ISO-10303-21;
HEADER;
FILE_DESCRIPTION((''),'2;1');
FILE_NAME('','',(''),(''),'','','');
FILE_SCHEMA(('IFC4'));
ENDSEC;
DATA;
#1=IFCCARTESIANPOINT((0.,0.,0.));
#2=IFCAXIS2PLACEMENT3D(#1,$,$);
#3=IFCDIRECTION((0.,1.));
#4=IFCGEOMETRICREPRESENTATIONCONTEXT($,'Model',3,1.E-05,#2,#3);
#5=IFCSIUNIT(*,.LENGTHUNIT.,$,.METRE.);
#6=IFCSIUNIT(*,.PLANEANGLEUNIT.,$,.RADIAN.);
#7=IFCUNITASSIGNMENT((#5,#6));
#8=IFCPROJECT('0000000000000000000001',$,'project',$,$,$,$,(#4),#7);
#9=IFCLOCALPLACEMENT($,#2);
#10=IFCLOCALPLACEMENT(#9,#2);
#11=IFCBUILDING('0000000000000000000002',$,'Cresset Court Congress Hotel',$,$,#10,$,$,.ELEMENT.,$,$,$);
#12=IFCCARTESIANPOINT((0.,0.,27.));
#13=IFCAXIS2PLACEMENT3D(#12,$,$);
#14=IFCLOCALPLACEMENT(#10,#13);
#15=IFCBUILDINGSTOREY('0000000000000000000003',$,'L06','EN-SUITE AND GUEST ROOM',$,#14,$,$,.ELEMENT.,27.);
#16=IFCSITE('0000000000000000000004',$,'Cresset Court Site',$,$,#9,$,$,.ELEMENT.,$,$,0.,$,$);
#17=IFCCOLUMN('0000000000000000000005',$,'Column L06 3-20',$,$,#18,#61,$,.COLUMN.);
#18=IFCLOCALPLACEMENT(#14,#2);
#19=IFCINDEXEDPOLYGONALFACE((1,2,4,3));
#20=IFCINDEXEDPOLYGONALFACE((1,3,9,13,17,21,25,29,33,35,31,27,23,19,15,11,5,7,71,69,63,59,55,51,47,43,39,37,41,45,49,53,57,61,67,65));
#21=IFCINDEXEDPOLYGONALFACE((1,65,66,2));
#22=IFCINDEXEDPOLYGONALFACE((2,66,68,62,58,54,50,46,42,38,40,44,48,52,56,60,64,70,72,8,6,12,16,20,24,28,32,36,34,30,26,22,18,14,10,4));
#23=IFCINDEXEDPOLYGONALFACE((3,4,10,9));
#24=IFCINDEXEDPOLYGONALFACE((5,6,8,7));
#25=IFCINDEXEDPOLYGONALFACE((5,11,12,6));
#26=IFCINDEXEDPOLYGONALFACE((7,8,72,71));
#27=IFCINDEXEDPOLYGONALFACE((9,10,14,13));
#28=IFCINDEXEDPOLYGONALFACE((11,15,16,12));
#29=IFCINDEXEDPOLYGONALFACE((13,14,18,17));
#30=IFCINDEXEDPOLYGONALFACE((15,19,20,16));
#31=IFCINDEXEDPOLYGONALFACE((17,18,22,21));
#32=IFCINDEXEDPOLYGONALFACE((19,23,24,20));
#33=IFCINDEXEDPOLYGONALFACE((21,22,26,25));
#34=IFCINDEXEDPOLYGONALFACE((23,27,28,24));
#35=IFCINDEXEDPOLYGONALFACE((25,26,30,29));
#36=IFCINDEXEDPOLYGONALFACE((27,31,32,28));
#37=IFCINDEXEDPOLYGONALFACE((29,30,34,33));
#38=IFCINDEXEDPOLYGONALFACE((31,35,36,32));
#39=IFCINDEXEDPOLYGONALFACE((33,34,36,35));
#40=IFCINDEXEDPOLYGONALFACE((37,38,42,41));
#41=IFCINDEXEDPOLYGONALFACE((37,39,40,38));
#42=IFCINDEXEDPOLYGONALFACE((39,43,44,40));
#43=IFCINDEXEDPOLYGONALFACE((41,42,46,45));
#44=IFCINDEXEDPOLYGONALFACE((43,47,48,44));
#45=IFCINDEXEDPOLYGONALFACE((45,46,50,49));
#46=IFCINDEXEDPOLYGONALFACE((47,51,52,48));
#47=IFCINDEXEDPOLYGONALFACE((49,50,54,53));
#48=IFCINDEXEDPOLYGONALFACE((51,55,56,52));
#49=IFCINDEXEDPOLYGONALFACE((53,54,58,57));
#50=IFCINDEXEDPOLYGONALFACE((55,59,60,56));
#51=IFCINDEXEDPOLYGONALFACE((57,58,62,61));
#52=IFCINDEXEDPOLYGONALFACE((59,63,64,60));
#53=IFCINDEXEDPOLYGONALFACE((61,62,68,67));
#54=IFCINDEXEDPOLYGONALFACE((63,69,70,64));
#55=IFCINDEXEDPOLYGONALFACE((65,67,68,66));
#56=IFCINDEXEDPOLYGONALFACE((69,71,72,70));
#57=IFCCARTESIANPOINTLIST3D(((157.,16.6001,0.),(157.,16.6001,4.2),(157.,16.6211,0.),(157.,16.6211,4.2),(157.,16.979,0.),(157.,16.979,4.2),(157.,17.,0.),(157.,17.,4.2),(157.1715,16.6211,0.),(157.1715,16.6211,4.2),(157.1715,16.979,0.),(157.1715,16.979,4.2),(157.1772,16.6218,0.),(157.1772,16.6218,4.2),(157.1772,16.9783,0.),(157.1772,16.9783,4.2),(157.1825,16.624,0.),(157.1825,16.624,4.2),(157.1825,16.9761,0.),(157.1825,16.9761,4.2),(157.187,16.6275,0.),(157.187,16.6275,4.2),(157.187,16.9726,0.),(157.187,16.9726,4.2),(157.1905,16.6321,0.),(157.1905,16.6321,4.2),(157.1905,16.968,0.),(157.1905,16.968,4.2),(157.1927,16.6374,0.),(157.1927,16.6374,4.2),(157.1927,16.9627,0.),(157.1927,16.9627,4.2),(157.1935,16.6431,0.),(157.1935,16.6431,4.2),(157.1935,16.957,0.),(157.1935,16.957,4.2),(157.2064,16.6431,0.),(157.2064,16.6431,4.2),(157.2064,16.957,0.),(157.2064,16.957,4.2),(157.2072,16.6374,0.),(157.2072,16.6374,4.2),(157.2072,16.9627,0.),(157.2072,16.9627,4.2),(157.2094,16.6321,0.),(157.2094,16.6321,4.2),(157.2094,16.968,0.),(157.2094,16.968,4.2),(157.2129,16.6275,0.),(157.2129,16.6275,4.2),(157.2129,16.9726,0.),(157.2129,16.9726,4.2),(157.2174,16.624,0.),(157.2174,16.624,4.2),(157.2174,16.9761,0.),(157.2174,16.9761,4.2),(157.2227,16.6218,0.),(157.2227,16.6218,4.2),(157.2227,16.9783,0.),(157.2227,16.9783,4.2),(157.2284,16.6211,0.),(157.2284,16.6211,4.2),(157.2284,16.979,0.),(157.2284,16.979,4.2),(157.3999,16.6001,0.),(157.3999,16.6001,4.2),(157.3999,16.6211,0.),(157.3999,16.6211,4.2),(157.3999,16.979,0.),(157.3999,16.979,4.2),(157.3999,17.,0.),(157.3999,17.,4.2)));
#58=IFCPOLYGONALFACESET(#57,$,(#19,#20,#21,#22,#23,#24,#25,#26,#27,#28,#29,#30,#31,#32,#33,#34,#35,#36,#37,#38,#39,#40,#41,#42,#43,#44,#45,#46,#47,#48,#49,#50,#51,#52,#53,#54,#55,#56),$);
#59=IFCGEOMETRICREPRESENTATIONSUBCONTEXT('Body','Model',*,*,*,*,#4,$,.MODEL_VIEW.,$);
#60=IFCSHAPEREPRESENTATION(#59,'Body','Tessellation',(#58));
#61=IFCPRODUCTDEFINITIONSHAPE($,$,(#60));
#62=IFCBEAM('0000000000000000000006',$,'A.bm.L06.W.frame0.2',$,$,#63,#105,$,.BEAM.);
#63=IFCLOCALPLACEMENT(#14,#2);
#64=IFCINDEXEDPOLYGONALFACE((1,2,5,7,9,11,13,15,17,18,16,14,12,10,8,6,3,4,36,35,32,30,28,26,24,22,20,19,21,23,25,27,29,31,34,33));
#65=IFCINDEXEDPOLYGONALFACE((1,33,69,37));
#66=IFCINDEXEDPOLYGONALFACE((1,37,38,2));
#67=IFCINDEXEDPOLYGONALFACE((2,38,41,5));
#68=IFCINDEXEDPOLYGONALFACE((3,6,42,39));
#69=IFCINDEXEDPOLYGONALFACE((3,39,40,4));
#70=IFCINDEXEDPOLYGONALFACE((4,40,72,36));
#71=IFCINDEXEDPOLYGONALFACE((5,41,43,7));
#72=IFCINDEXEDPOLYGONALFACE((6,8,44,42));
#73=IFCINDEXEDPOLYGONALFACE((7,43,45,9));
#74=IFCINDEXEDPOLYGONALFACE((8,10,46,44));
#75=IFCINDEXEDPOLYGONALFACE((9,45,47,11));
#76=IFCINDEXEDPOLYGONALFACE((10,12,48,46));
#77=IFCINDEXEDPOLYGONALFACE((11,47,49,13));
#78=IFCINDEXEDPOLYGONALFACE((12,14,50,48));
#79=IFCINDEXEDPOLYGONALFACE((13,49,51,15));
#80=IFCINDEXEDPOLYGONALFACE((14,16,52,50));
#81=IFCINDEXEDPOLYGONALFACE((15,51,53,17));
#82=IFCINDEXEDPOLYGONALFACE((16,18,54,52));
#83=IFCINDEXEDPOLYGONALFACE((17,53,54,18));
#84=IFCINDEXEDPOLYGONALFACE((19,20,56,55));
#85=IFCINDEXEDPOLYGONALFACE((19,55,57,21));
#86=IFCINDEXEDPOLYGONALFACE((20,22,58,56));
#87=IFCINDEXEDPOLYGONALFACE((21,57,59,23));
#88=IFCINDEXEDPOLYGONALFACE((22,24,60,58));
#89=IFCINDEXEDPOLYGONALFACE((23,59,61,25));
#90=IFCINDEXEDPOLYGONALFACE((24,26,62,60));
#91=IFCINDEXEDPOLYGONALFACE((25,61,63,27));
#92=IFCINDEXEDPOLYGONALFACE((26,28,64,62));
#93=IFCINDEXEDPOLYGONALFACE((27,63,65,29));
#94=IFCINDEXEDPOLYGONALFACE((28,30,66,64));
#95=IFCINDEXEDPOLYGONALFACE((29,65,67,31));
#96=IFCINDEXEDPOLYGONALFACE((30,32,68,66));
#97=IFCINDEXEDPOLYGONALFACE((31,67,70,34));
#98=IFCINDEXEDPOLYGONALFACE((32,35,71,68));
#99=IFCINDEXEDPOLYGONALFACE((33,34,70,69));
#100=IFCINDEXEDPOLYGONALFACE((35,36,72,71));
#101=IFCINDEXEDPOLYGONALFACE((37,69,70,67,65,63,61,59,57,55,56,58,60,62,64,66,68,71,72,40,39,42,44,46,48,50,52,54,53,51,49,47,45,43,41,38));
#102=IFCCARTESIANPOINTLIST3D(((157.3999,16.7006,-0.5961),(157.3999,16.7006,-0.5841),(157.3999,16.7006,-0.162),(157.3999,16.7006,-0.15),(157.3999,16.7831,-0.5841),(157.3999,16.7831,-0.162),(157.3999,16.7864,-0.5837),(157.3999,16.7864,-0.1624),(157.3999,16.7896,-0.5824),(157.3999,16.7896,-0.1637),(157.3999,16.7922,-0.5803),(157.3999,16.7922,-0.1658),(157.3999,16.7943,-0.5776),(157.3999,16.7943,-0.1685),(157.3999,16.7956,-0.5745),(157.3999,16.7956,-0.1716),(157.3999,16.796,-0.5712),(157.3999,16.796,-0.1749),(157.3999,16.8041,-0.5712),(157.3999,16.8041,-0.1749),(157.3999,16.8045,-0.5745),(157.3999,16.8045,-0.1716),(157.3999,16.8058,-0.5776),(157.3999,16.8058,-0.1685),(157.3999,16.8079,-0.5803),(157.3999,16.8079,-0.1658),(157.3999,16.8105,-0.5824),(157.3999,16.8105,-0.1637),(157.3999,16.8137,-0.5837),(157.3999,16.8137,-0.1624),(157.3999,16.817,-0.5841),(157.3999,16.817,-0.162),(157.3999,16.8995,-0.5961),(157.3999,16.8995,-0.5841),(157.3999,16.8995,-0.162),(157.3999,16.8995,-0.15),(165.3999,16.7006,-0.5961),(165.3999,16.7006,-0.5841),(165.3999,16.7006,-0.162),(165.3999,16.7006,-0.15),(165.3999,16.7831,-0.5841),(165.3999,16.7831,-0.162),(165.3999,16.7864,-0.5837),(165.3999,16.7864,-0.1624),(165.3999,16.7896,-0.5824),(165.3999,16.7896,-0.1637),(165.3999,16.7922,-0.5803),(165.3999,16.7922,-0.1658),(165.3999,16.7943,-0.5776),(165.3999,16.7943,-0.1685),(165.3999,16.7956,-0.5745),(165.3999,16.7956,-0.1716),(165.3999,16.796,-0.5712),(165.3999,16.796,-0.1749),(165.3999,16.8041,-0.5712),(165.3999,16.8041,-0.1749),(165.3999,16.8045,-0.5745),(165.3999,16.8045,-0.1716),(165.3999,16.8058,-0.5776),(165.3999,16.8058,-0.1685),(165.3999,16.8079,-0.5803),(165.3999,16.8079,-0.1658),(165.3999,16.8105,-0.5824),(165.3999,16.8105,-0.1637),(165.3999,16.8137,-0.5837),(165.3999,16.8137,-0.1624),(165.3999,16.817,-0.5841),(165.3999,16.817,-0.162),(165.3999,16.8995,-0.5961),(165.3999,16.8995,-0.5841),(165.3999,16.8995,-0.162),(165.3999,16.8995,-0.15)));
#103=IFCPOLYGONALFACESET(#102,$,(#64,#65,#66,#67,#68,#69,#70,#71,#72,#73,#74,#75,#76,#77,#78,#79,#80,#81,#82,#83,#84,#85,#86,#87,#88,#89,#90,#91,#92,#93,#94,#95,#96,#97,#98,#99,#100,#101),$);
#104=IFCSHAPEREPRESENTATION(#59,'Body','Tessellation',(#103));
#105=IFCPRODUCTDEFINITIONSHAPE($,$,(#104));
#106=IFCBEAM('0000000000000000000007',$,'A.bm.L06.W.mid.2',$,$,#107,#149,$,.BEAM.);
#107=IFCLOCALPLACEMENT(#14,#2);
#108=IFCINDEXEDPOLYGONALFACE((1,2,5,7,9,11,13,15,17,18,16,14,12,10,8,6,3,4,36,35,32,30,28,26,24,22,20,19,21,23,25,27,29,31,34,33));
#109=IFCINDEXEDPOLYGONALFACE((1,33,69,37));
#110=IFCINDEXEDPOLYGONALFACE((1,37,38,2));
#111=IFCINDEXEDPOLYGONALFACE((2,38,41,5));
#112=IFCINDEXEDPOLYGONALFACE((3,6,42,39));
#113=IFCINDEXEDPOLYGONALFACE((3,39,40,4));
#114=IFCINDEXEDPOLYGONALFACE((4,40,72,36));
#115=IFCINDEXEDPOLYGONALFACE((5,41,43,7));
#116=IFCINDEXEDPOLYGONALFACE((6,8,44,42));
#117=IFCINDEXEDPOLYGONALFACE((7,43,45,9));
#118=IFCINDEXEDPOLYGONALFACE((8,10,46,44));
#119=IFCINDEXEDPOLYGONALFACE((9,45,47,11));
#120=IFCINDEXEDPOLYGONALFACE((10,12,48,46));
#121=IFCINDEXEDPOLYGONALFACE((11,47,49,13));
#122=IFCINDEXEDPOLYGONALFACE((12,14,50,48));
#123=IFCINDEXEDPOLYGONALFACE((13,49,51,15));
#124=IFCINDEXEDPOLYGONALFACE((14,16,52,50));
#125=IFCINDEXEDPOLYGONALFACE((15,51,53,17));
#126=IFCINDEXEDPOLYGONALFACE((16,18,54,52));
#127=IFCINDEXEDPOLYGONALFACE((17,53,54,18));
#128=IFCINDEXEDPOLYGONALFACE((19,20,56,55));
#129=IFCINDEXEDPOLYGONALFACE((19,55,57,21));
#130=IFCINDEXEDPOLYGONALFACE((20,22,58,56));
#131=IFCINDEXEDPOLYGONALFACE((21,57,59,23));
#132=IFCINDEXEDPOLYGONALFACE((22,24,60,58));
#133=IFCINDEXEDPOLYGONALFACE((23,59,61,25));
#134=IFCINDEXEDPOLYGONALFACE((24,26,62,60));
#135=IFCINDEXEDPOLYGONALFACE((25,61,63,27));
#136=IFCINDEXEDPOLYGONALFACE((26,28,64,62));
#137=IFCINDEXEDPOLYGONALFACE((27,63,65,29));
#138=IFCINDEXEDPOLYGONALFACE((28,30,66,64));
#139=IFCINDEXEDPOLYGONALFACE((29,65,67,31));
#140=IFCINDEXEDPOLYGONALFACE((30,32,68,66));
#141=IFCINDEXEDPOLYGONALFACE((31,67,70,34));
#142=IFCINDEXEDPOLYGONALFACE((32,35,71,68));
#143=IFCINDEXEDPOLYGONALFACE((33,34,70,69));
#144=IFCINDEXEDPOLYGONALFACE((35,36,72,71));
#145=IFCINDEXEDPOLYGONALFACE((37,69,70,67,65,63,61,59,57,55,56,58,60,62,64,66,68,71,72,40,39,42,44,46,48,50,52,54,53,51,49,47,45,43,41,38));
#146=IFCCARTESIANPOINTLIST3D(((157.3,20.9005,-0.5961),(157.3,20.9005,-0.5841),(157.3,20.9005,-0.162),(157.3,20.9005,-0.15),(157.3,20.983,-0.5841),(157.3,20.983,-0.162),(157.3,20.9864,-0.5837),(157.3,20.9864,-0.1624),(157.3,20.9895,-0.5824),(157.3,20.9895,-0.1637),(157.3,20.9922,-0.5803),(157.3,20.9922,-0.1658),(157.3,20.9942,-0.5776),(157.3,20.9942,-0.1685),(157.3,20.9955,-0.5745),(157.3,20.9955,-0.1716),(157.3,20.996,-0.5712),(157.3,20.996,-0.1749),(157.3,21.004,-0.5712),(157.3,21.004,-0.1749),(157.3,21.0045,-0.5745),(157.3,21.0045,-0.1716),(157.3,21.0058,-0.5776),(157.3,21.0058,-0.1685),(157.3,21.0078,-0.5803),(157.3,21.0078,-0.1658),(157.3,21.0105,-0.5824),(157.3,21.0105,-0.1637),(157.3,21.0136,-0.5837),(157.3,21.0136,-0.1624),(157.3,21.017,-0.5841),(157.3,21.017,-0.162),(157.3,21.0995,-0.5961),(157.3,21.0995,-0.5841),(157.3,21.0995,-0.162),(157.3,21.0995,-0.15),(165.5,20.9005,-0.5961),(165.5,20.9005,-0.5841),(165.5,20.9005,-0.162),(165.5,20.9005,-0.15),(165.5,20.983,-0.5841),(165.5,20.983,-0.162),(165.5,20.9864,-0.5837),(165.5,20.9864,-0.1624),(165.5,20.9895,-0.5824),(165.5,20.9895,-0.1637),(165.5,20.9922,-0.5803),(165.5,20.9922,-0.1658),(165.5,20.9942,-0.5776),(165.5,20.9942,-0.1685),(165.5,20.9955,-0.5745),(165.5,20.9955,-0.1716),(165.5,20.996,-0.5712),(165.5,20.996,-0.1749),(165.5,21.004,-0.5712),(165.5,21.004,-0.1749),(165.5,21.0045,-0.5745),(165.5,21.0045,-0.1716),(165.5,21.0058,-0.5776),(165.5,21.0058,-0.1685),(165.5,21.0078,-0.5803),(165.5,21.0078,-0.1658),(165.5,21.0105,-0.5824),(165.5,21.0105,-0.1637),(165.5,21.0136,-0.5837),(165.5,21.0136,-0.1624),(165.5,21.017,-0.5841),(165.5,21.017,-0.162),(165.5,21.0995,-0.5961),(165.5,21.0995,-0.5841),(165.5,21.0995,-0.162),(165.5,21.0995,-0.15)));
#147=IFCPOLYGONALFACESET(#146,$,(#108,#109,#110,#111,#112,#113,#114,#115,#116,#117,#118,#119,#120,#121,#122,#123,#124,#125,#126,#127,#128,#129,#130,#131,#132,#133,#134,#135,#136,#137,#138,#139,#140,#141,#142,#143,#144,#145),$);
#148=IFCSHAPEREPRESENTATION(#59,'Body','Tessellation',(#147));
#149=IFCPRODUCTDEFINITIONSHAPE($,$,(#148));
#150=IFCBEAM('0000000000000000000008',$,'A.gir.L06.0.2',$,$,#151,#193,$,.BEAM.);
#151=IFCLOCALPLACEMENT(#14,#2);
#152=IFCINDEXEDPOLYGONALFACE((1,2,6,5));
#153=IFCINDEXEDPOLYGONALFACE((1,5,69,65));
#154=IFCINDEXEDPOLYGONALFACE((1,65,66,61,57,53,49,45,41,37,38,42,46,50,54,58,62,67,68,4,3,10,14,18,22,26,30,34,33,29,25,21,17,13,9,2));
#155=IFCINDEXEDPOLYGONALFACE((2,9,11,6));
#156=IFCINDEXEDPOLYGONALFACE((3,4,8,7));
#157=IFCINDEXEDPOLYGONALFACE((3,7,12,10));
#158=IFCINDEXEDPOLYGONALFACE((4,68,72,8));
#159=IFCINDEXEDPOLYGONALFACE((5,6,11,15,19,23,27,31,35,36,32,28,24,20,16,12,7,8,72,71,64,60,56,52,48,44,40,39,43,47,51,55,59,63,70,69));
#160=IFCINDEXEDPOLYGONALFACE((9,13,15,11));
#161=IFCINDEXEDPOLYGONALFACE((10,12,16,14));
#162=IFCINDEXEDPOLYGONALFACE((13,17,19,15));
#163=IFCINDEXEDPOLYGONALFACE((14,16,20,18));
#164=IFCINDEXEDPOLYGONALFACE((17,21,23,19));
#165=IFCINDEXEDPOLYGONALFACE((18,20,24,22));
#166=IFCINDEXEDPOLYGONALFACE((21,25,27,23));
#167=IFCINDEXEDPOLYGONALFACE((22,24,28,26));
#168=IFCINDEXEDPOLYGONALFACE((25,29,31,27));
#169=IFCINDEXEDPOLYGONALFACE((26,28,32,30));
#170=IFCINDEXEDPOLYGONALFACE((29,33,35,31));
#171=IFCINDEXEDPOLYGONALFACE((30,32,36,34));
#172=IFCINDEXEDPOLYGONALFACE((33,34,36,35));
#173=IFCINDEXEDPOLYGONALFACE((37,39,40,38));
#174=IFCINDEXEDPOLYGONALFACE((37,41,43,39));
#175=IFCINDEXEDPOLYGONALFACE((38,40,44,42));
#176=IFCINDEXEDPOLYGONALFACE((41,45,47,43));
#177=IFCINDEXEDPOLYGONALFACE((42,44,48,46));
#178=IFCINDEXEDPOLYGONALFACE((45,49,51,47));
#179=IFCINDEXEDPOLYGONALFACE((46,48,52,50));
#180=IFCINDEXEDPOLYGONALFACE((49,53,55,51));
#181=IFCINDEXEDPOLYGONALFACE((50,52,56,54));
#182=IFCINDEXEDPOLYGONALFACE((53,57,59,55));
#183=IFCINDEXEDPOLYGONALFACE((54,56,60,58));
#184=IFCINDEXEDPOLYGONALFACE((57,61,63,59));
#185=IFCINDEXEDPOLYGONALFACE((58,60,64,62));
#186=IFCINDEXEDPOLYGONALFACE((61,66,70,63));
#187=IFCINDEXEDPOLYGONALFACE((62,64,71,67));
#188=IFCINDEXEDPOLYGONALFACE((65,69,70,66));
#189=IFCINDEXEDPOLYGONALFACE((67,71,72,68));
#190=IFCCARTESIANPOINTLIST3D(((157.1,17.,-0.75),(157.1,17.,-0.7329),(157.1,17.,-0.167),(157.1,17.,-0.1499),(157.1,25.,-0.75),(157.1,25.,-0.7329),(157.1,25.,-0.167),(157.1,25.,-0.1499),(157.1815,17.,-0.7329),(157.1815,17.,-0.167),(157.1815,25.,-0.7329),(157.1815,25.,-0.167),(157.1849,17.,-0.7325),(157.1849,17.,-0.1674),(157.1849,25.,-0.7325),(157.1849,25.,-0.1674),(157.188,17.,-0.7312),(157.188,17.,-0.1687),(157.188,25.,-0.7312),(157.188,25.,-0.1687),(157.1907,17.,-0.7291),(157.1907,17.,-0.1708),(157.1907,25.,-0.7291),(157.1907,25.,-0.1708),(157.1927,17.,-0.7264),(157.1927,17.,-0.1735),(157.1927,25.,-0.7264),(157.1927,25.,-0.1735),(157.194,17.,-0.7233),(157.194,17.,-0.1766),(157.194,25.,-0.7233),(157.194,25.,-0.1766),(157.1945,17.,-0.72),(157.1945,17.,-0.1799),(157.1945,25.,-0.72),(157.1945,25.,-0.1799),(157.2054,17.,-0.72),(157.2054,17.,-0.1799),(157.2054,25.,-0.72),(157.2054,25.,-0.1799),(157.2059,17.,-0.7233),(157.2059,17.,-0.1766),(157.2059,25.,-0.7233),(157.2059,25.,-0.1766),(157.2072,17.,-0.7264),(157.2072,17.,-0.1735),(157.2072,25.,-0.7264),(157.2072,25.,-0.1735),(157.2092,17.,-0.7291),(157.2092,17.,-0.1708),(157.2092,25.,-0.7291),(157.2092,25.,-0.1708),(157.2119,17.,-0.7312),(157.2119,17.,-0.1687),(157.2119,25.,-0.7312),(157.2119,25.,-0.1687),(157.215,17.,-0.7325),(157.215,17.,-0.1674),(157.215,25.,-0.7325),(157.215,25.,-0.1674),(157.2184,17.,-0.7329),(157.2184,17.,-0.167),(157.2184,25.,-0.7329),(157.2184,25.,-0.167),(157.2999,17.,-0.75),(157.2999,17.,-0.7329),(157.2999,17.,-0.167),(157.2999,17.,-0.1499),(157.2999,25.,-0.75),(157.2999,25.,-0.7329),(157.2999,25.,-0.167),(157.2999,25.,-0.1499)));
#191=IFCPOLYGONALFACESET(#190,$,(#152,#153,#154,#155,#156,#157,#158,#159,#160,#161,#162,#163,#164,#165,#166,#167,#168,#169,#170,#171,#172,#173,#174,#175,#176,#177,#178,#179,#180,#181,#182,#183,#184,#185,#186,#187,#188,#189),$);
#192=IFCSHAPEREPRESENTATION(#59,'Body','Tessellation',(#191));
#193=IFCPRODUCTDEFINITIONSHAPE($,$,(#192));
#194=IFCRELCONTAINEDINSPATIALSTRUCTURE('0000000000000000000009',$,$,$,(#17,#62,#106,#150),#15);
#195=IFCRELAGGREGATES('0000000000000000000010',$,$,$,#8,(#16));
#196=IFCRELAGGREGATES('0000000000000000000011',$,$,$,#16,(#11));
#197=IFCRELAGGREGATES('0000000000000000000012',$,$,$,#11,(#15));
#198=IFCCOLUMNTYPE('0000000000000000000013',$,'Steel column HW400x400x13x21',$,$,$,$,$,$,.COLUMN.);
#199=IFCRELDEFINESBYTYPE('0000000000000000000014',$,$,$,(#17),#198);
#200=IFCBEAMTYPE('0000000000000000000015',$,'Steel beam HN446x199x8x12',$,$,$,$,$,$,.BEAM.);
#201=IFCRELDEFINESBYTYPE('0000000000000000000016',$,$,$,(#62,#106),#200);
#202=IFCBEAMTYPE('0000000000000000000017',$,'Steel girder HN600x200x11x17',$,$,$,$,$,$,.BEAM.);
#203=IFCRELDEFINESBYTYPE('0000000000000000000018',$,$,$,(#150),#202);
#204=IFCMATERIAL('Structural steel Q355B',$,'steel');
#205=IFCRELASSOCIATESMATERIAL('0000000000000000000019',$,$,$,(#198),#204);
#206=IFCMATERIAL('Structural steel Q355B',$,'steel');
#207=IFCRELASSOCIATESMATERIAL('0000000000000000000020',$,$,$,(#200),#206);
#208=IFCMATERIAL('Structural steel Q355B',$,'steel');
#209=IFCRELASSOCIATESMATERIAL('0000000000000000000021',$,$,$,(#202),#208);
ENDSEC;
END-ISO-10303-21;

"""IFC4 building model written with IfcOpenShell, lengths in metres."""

from ifc_helpers import new_model, si_unit, direction, frame, origin, origin_2d, place, context, subcontext, project, spatial, i_section, extrude, material, material_profile, profile_set, type_object, element, save


model = new_model("IFC4")

# Units and contexts
model_context = context("Model", 3, precision=1e-05, world=origin(), true_north=direction((0.0, 1.0)))
body_context = subcontext(model_context, "Body", "Model", "MODEL_VIEW")
ifc_project = project(units=[si_unit("LENGTHUNIT", "METRE"), si_unit("PLANEANGLEUNIT", "RADIAN")], contexts=[model_context])

# Site, building, storey
site_placement = place(None, origin())
site = spatial("IfcSite", under=ifc_project, at=site_placement, Name="Cresset Court Site", CompositionType="ELEMENT", RefElevation=0.0)
building_placement = place(site_placement, origin())
building = spatial("IfcBuilding", under=site, at=building_placement, Name="Cresset Court Congress Hotel", CompositionType="ELEMENT")
storey_placement = place(building_placement, frame((0.0, 0.0, 27.0)))
storey = spatial("IfcBuildingStorey", under=building, at=storey_placement, Name="L06", Description="EN-SUITE AND GUEST ROOM", CompositionType="ELEMENT", Elevation=27.0)

# Column
ifc_material_1 = material(Name="Structural steel Q355B", Category="steel")
ifc_material_profile_1 = material_profile(ifc_material_1, i_section(OverallWidth=0.3999, OverallDepth=0.3999, WebThickness=0.0129, FlangeThickness=0.021, FilletRadius=0.022, at=origin_2d()), Name="HW400x400x13x21")
ifc_profile_set_1 = profile_set([ifc_material_profile_1], Name="Structural steel Q355B")
column_type = type_object("IfcColumnType", Name="Steel column HW400x400x13x21", PredefinedType="COLUMN", material=ifc_profile_set_1)
column_placement = place(storey_placement, frame((157.2, 16.8, 0.0), z_axis=(0.0, 0.0, 1.0), x_axis=(1.0, 0.0, 0.0)))
element("IfcColumn", 1, at=column_placement, inside=storey, type_object=column_type, Name="Column L06 3-20", PredefinedType="COLUMN", context=body_context, shape_type="SweptSolid", body=[
    extrude(i_section(OverallWidth=0.3999, OverallDepth=0.3999, WebThickness=0.0129, FlangeThickness=0.021, FilletRadius=0.022, at=origin_2d()), origin(), (0.0, 0.0, 1.0), 4.2),
])

# Beams
ifc_material_2 = material(Name="Structural steel Q355B", Category="steel")
ifc_material_profile_2 = material_profile(ifc_material_2, i_section(OverallWidth=0.199, OverallDepth=0.446, WebThickness=0.0081, FlangeThickness=0.012, FilletRadius=0.0129, at=origin_2d()), Name="HN446x199x8x12")
ifc_profile_set_2 = profile_set([ifc_material_profile_2], Name="Structural steel Q355B")
beam_type_1 = type_object("IfcBeamType", Name="Steel beam HN446x199x8x12", PredefinedType="BEAM", material=ifc_profile_set_2)
beam_1_placement = place(storey_placement, frame((157.3999, 16.8, -0.373), z_axis=(1.0, 0.0, 0.0), x_axis=(0.0, 1.0, 0.0)))
element("IfcBeam", 2, at=beam_1_placement, inside=storey, type_object=beam_type_1, Name="A.bm.L06.W.frame0.2", PredefinedType="BEAM", context=body_context, shape_type="SweptSolid", body=[
    extrude(i_section(OverallWidth=0.199, OverallDepth=0.446, WebThickness=0.0081, FlangeThickness=0.012, FilletRadius=0.0129, at=origin_2d()), origin(), (0.0, 0.0, 1.0), 8.0),
])
beam_2_placement = place(storey_placement, frame((157.3, 21.0, -0.373), z_axis=(1.0, 0.0, 0.0), x_axis=(0.0, 1.0, 0.0)))
element("IfcBeam", 3, at=beam_2_placement, inside=storey, type_object=beam_type_1, Name="A.bm.L06.W.mid.2", PredefinedType="BEAM", context=body_context, shape_type="SweptSolid", body=[
    extrude(i_section(OverallWidth=0.199, OverallDepth=0.446, WebThickness=0.0081, FlangeThickness=0.012, FilletRadius=0.0129, at=origin_2d()), origin(), (0.0, 0.0, 1.0), 8.2),
])
ifc_material_3 = material(Name="Structural steel Q355B", Category="steel")
ifc_material_profile_3 = material_profile(ifc_material_3, i_section(OverallWidth=0.2, OverallDepth=0.6001, WebThickness=0.011, FlangeThickness=0.0171, FilletRadius=0.0129, at=origin_2d()), Name="HN600x200x11x17")
ifc_profile_set_3 = profile_set([ifc_material_profile_3], Name="Structural steel Q355B")
beam_type_2 = type_object("IfcBeamType", Name="Steel girder HN600x200x11x17", PredefinedType="BEAM", material=ifc_profile_set_3)
beam_3_placement = place(storey_placement, frame((157.2, 17.0, -0.45), z_axis=(0.0, 1.0, 0.0), x_axis=(-1.0, 0.0, 0.0)))
element("IfcBeam", 4, at=beam_3_placement, inside=storey, type_object=beam_type_2, Name="A.gir.L06.0.2", PredefinedType="BEAM", context=body_context, shape_type="SweptSolid", body=[
    extrude(i_section(OverallWidth=0.2, OverallDepth=0.6001, WebThickness=0.011, FlangeThickness=0.0171, FilletRadius=0.0129, at=origin_2d()), origin(), (0.0, 0.0, 1.0), 8.0),
])

save(model, "model.ifc")
